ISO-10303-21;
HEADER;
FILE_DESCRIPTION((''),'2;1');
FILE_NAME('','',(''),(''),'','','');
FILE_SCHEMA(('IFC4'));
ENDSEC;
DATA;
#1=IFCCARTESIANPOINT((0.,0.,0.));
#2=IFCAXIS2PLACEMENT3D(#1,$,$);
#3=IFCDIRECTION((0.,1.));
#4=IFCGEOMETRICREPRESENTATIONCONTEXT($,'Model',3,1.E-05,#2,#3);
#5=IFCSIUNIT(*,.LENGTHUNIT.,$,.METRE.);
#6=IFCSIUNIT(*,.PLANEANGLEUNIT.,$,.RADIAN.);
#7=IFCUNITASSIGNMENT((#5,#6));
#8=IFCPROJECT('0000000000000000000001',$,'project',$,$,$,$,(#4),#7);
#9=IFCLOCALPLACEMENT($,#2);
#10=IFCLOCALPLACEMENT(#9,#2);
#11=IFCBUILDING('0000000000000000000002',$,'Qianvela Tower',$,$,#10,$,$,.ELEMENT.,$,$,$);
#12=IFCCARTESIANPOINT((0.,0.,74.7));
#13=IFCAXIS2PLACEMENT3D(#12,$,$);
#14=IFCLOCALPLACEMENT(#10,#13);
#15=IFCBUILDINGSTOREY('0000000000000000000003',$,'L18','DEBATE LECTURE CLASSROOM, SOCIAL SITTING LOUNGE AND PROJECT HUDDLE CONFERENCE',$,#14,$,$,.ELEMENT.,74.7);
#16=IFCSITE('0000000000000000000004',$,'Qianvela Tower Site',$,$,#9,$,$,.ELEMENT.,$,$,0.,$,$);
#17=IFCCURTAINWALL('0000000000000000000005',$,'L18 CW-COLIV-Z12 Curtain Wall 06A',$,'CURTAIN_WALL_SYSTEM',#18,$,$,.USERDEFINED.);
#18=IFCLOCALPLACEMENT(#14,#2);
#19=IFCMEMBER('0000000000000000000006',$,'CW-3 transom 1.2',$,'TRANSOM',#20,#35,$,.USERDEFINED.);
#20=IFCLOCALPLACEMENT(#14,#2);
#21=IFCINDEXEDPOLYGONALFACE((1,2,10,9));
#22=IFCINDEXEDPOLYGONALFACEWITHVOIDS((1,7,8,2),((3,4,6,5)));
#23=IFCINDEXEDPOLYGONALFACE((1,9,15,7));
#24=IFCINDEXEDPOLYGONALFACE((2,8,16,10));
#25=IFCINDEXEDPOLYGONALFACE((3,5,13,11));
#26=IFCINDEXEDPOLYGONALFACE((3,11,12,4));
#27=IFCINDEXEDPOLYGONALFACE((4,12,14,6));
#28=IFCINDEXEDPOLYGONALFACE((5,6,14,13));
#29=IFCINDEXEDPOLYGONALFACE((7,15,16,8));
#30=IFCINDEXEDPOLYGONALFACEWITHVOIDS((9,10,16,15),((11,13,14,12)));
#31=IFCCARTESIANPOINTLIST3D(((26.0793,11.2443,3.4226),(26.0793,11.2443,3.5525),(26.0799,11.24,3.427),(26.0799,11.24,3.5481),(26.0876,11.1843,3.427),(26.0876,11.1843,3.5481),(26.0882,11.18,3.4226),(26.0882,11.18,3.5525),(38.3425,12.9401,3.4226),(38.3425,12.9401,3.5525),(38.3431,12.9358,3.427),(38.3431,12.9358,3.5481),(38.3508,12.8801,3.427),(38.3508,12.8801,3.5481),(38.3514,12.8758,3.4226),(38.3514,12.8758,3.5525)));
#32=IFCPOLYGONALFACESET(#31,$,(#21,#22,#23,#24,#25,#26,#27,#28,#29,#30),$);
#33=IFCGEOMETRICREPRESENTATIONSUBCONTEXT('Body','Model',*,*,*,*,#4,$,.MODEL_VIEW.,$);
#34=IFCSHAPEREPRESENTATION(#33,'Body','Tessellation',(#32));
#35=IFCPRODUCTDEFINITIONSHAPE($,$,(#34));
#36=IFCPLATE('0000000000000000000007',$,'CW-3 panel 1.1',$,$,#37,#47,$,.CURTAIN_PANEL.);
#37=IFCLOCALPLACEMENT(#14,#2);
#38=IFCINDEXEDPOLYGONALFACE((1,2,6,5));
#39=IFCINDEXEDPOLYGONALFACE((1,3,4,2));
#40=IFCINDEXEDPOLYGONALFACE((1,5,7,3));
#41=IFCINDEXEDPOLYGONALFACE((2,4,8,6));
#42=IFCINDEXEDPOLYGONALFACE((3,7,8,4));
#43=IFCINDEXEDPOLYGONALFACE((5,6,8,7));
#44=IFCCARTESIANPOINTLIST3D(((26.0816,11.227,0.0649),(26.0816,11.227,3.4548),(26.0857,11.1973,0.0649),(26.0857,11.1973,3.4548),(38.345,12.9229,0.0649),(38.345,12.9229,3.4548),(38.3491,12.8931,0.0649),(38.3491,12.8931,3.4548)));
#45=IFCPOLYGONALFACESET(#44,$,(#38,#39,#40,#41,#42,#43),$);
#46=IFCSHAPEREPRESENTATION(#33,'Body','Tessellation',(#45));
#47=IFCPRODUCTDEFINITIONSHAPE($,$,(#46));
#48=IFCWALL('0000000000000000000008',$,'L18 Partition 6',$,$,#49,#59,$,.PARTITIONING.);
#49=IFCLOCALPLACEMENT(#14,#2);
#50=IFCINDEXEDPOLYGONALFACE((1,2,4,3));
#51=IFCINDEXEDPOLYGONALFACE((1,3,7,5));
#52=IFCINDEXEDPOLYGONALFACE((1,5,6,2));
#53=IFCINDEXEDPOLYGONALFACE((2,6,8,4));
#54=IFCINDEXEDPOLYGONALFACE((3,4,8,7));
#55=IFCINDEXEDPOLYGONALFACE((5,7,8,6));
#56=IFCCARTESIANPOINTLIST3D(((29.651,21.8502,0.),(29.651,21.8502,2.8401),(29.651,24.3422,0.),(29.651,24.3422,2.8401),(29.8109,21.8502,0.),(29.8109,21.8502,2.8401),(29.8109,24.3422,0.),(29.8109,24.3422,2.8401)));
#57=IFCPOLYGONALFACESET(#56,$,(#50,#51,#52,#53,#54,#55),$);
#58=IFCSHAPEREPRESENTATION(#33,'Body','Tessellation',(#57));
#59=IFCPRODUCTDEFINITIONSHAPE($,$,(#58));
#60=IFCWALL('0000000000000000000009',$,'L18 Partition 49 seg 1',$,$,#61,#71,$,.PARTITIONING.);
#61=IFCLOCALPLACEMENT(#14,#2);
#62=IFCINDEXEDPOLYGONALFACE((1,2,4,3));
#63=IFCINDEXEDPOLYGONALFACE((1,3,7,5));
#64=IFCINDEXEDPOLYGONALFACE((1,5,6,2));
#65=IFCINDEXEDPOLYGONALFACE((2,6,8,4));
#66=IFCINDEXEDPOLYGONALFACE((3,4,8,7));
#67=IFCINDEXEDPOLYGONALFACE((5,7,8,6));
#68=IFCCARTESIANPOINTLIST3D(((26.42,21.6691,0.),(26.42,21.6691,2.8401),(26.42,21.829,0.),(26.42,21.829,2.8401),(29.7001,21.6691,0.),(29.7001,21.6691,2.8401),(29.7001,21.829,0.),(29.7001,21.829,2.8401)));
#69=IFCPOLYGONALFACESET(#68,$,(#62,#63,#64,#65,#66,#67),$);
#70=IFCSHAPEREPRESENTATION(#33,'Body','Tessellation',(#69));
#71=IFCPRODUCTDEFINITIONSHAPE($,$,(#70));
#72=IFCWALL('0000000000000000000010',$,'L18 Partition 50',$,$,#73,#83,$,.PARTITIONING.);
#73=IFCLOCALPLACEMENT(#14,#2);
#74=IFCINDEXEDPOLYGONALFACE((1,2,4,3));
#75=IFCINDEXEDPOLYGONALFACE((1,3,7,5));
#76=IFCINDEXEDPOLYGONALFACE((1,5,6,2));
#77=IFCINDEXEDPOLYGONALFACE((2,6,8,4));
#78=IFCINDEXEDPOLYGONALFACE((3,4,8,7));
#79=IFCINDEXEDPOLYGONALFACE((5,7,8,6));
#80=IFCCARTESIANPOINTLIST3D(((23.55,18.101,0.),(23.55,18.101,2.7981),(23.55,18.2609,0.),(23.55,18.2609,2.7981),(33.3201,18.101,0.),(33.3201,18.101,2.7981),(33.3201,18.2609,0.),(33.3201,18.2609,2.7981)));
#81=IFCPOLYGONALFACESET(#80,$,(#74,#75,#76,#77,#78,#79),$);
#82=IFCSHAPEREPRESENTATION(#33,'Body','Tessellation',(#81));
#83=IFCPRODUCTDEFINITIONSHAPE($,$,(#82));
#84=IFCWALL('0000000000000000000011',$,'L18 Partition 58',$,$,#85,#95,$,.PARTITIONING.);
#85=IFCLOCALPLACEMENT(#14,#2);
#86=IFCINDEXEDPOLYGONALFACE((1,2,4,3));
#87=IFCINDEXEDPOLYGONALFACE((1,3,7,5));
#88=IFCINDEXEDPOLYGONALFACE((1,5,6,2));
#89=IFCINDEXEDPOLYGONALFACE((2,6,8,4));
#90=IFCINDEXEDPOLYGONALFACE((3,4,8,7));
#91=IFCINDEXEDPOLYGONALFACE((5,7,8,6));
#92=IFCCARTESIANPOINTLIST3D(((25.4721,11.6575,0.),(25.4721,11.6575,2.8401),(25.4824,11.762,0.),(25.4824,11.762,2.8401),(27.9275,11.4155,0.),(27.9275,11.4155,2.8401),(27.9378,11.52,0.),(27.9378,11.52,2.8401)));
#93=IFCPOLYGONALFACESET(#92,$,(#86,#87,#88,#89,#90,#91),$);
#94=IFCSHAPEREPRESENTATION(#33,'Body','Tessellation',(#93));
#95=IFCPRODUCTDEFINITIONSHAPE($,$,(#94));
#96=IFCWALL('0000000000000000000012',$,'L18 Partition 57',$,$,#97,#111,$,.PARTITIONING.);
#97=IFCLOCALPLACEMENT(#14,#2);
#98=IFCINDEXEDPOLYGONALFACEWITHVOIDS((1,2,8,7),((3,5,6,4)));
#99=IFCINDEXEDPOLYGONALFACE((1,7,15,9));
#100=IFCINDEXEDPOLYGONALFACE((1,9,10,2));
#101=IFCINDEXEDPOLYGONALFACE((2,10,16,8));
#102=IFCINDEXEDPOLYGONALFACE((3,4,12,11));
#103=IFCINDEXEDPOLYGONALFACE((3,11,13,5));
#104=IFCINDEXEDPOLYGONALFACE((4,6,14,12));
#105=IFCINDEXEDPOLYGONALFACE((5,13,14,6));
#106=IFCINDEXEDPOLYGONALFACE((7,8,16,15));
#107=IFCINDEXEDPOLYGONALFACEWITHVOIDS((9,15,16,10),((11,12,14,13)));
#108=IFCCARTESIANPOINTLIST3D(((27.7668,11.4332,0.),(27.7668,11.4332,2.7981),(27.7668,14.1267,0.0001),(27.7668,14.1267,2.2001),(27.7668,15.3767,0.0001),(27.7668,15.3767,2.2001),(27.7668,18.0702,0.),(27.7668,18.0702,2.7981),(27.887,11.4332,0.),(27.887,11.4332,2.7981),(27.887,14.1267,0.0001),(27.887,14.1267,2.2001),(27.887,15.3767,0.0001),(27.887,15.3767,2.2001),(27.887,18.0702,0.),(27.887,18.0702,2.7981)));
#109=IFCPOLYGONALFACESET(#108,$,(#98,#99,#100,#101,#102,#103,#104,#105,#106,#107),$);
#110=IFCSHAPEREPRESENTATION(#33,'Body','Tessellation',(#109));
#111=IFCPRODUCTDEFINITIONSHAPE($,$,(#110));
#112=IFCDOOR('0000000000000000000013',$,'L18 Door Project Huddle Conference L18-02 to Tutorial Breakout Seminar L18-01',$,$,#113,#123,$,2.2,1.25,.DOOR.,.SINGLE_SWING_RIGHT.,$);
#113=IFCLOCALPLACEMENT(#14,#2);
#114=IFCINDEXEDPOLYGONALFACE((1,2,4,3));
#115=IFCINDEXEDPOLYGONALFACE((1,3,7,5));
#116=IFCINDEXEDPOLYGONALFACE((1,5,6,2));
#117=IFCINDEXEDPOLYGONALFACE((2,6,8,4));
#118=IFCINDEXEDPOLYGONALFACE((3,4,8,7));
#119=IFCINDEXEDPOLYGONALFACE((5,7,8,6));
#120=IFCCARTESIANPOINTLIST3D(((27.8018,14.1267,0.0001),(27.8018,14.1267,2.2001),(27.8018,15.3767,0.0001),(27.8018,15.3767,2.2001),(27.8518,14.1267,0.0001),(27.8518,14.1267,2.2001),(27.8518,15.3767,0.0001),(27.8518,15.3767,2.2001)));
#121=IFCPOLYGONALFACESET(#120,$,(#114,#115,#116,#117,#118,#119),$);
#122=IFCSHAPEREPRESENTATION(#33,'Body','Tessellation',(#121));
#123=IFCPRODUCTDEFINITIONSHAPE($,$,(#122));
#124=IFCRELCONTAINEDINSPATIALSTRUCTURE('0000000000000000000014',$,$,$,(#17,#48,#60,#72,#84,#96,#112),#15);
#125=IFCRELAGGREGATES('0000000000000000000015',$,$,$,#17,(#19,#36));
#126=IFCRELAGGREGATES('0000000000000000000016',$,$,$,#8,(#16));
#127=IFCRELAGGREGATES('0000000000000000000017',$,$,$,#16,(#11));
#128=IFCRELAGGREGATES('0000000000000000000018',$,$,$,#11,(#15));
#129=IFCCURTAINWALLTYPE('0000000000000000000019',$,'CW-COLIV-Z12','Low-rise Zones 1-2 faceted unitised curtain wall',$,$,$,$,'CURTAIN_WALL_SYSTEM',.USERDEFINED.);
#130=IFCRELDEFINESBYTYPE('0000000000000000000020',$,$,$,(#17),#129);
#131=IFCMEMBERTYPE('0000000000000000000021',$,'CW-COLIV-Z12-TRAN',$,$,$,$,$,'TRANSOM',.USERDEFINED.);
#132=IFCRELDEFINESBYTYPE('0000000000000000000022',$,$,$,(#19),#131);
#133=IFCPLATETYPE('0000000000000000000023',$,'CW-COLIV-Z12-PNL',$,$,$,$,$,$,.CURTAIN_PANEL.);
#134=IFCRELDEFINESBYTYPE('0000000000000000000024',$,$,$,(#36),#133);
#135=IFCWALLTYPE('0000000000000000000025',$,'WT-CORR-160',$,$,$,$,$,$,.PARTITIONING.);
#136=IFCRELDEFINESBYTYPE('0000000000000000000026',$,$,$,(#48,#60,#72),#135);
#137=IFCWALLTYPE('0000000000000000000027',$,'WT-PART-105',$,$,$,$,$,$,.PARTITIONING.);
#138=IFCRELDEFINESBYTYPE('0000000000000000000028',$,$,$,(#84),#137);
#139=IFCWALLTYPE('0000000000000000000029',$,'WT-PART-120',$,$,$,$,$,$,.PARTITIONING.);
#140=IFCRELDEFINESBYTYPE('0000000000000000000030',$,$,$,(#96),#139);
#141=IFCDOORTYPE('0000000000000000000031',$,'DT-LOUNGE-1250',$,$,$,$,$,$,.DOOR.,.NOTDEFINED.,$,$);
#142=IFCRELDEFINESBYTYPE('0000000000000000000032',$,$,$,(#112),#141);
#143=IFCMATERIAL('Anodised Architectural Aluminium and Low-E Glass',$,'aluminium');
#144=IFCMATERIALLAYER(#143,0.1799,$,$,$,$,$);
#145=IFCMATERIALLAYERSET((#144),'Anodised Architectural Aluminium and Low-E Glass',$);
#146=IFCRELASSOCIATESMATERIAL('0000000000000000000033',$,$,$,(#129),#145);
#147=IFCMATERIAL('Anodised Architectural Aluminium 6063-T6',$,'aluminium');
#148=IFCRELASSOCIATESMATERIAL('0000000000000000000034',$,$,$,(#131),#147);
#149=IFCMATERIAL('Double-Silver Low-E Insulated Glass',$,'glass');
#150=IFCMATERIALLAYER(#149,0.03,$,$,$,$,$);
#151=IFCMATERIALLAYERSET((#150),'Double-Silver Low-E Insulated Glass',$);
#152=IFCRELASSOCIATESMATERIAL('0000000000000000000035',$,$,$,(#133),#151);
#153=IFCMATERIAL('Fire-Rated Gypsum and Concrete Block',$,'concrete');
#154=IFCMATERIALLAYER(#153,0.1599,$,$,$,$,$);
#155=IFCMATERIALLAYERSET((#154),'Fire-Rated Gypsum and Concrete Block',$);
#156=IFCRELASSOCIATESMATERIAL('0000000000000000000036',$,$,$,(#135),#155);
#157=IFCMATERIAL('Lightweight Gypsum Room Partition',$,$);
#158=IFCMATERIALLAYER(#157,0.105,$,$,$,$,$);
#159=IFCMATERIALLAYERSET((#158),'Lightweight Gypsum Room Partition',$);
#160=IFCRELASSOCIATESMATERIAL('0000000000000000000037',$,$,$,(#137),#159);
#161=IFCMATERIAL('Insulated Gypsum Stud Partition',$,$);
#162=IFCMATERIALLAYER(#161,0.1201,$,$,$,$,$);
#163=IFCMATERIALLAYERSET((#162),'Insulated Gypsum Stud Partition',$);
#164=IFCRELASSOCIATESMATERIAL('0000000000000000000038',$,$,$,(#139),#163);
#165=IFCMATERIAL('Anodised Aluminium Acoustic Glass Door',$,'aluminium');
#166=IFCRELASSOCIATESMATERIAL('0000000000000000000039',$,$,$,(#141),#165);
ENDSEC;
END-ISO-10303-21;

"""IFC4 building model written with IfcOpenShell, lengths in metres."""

from ifc_helpers import new_model, si_unit, direction, frame, frame_2d, origin, origin_2d, place, context, subcontext, project, spatial, rectangle, hollow_rectangle, extrude, material, layer, layer_set, material_profile, profile_set, type_object, element, fill, aggregate, save


model = new_model("IFC4")

# Units and contexts
model_context = context("Model", 3, precision=1e-05, world=origin(), true_north=direction((0.0, 1.0)))
body_context = subcontext(model_context, "Body", "Model", "MODEL_VIEW")
ifc_project = project(units=[si_unit("LENGTHUNIT", "METRE"), si_unit("PLANEANGLEUNIT", "RADIAN")], contexts=[model_context])

# Site, building, storey
site_placement = place(None, origin())
site = spatial("IfcSite", under=ifc_project, at=site_placement, Name="Qianvela Tower Site", CompositionType="ELEMENT", RefElevation=0.0)
building_placement = place(site_placement, origin())
building = spatial("IfcBuilding", under=site, at=building_placement, Name="Qianvela Tower", CompositionType="ELEMENT")
storey_placement = place(building_placement, frame((0.0, 0.0, 74.7)))
storey = spatial("IfcBuildingStorey", under=building, at=storey_placement, Name="L18", Description="DEBATE LECTURE CLASSROOM, SOCIAL SITTING LOUNGE AND PROJECT HUDDLE CONFERENCE", CompositionType="ELEMENT", Elevation=74.7)

# Curtain wall, member, plate
ifc_material_1 = material(Name="Anodised Architectural Aluminium and Low-E Glass", Category="aluminium")
ifc_layer_1 = layer(ifc_material_1, 0.1799)
ifc_layer_set_1 = layer_set([ifc_layer_1], Name="Anodised Architectural Aluminium and Low-E Glass")
curtain_wall_type = type_object("IfcCurtainWallType", Name="CW-COLIV-Z12", Description="Low-rise Zones 1-2 faceted unitised curtain wall", ElementType="CURTAIN_WALL_SYSTEM", PredefinedType="USERDEFINED", material=ifc_layer_set_1)
curtain_wall_placement = place(storey_placement, origin())
curtain_wall = element("IfcCurtainWall", 1, at=curtain_wall_placement, inside=storey, type_object=curtain_wall_type, Name="L18 CW-COLIV-Z12 Curtain Wall 06A", ObjectType="CURTAIN_WALL_SYSTEM", PredefinedType="USERDEFINED")
ifc_material_2 = material(Name="Anodised Architectural Aluminium 6063-T6", Category="aluminium")
ifc_material_profile_1 = material_profile(ifc_material_2, hollow_rectangle(XDim=0.0649, YDim=0.1299, WallThickness=0.0044, at=origin_2d()), Name="ALU-TRAN-65x130")
ifc_profile_set_1 = profile_set([ifc_material_profile_1], Name="Anodised Architectural Aluminium 6063-T6")
member_type_1 = type_object("IfcMemberType", Name="CW-COLIV-Z12-TRAN", ElementType="TRANSOM", PredefinedType="USERDEFINED", material=ifc_profile_set_1)
member_1_placement = place(storey_placement, frame((26.0837, 11.2122, 3.4875), z_axis=(0.990574, 0.13698, 0.0), x_axis=(-0.13698, 0.990574, 0.0)))
member_1 = element("IfcMember", 2, at=member_1_placement, type_object=member_type_1, Name="CW-3 transom 1.2", ObjectType="TRANSOM", PredefinedType="USERDEFINED", context=body_context, shape_type="SweptSolid", body=[
    extrude(hollow_rectangle(XDim=0.0649, YDim=0.1299, WallThickness=0.0044, at=origin_2d()), origin(), (0.0, 0.0, 1.0), 12.3799),
])
ifc_material_3 = material(Name="Double-Silver Low-E Insulated Glass", Category="glass")
ifc_layer_2 = layer(ifc_material_3, 0.03)
ifc_layer_set_2 = layer_set([ifc_layer_2], Name="Double-Silver Low-E Insulated Glass")
plate_type = type_object("IfcPlateType", Name="CW-COLIV-Z12-PNL", PredefinedType="CURTAIN_PANEL", material=ifc_layer_set_2)
plate_placement = place(storey_placement, frame((32.2153, 12.0601, 0.0649), z_axis=(0.0, 0.0, 1.0), x_axis=(0.990574, 0.136981, 0.0)))
plate = element("IfcPlate", 3, at=plate_placement, type_object=plate_type, Name="CW-3 panel 1.1", PredefinedType="CURTAIN_PANEL", context=body_context, shape_type="SweptSolid", body=[
    extrude(rectangle(XDim=12.3801, YDim=0.03, at=origin_2d()), origin(), (0.0, 0.0, 1.0), 3.3899),
])
aggregate(curtain_wall, [member_1, plate])

# Shared definitions
ifc_material_4 = material(Name="Fire-Rated Gypsum and Concrete Block", Category="concrete")
ifc_layer_3 = layer(ifc_material_4, 0.1599)
ifc_layer_set_3 = layer_set([ifc_layer_3], Name="Fire-Rated Gypsum and Concrete Block")
wall_type_1 = type_object("IfcWallType", Name="WT-CORR-160", PredefinedType="PARTITIONING", material=ifc_layer_set_3)

# Walls
wall_1_placement = place(storey_placement, frame((29.731, 21.8501, 0.0), z_axis=(0.0, 0.0, 1.0), x_axis=(0.0, 1.0, 0.0)))
element("IfcWall", 4, at=wall_1_placement, inside=storey, type_object=wall_type_1, Name="L18 Partition 6", PredefinedType="PARTITIONING", context=body_context, shape_type="SweptSolid", body=[
    extrude(rectangle(XDim=2.4919, YDim=0.1599, at=frame_2d((1.2461, 0.0))), origin(), (0.0, 0.0, 1.0), 2.8401),
])
wall_2_placement = place(storey_placement, frame((26.4199, 21.749, 0.0), z_axis=(0.0, 0.0, 1.0), x_axis=(1.0, 0.0, 0.0)))
element("IfcWall", 5, at=wall_2_placement, inside=storey, type_object=wall_type_1, Name="L18 Partition 49 seg 1", PredefinedType="PARTITIONING", context=body_context, shape_type="SweptSolid", body=[
    extrude(rectangle(XDim=3.28, YDim=0.1599, at=frame_2d((1.6401, 0.0))), origin(), (0.0, 0.0, 1.0), 2.8401),
])
wall_3_placement = place(storey_placement, frame((33.3201, 18.1809, 0.0), z_axis=(0.0, 0.0, 1.0), x_axis=(-1.0, 0.0, 0.0)))
element("IfcWall", 6, at=wall_3_placement, inside=storey, type_object=wall_type_1, Name="L18 Partition 50", PredefinedType="PARTITIONING", context=body_context, shape_type="SweptSolid", body=[
    extrude(rectangle(XDim=9.77, YDim=0.1599, at=frame_2d((4.885, 0.0))), origin(), (0.0, 0.0, 1.0), 2.7981),
])
ifc_material_5 = material(Name="Lightweight Gypsum Room Partition")
ifc_layer_4 = layer(ifc_material_5, 0.105)
ifc_layer_set_4 = layer_set([ifc_layer_4], Name="Lightweight Gypsum Room Partition")
wall_type_2 = type_object("IfcWallType", Name="WT-PART-105", PredefinedType="PARTITIONING", material=ifc_layer_set_4)
wall_4_placement = place(storey_placement, frame((27.9326, 11.4678, 0.0), z_axis=(0.0, 0.0, 1.0), x_axis=(-0.99518, 0.098063, 0.0)))
element("IfcWall", 7, at=wall_4_placement, inside=storey, type_object=wall_type_2, Name="L18 Partition 58", PredefinedType="PARTITIONING", context=body_context, shape_type="SweptSolid", body=[
    extrude(rectangle(XDim=2.4673, YDim=0.105, at=frame_2d((1.2336, 0.0))), origin(), (0.0, 0.0, 1.0), 2.8401),
])

# Wall, opening, door
ifc_material_6 = material(Name="Insulated Gypsum Stud Partition")
ifc_layer_5 = layer(ifc_material_6, 0.1201)
ifc_layer_set_5 = layer_set([ifc_layer_5], Name="Insulated Gypsum Stud Partition")
wall_type_3 = type_object("IfcWallType", Name="WT-PART-120", PredefinedType="PARTITIONING", material=ifc_layer_set_5)
wall_5_placement = place(storey_placement, frame((27.8269, 18.0701, 0.0), z_axis=(0.0, 0.0, 1.0), x_axis=(0.0, -1.0, 0.0)))
wall_5 = element("IfcWall", 8, at=wall_5_placement, inside=storey, type_object=wall_type_3, Name="L18 Partition 57", PredefinedType="PARTITIONING", context=body_context, shape_type="SweptSolid", body=[
    extrude(rectangle(XDim=6.637, YDim=0.1201, at=frame_2d((3.3184, 0.0))), origin(), (0.0, 0.0, 1.0), 2.7981),
])
opening_1_placement = place(wall_5_placement, frame((2.6934, 0.0, 0.0)))
opening_1 = element("IfcOpeningElement", 9, at=opening_1_placement, cuts=wall_5, PredefinedType="OPENING", context=body_context, shape_type="SweptSolid", body=[
    extrude(rectangle(XDim=1.25, YDim=2.2, at=frame_2d((0.625, 1.1001))), frame((0.0, 0.0701, 0.0), z_axis=(0.0, -1.0, 0.0), x_axis=(1.0, 0.0, 0.0)), (0.0, 0.0, 1.0), 0.1401),
])
ifc_material_7 = material(Name="Anodised Aluminium Acoustic Glass Door", Category="aluminium")
door_type_1 = type_object("IfcDoorType", Name="DT-LOUNGE-1250", OperationType="NOTDEFINED", PredefinedType="DOOR", material=ifc_material_7)
door_1_placement = place(opening_1_placement, origin())
door_1 = element("IfcDoor", 10, at=door_1_placement, inside=storey, type_object=door_type_1, Name="L18 Door Project Huddle Conference L18-02 to Tutorial Breakout Seminar L18-01", OperationType="SINGLE_SWING_RIGHT", OverallHeight=2.2, OverallWidth=1.25, PredefinedType="DOOR", context=body_context, shape_type="SweptSolid", body=[
    extrude(rectangle(XDim=1.25, YDim=2.2, at=frame_2d((0.625, 1.1001))), frame((0.0, 0.0249, 0.0), z_axis=(0.0, -1.0, 0.0), x_axis=(1.0, 0.0, 0.0)), (0.0, 0.0, 1.0), 0.05),
])
fill(opening_1, door_1)

save(model, "model.ifc")
